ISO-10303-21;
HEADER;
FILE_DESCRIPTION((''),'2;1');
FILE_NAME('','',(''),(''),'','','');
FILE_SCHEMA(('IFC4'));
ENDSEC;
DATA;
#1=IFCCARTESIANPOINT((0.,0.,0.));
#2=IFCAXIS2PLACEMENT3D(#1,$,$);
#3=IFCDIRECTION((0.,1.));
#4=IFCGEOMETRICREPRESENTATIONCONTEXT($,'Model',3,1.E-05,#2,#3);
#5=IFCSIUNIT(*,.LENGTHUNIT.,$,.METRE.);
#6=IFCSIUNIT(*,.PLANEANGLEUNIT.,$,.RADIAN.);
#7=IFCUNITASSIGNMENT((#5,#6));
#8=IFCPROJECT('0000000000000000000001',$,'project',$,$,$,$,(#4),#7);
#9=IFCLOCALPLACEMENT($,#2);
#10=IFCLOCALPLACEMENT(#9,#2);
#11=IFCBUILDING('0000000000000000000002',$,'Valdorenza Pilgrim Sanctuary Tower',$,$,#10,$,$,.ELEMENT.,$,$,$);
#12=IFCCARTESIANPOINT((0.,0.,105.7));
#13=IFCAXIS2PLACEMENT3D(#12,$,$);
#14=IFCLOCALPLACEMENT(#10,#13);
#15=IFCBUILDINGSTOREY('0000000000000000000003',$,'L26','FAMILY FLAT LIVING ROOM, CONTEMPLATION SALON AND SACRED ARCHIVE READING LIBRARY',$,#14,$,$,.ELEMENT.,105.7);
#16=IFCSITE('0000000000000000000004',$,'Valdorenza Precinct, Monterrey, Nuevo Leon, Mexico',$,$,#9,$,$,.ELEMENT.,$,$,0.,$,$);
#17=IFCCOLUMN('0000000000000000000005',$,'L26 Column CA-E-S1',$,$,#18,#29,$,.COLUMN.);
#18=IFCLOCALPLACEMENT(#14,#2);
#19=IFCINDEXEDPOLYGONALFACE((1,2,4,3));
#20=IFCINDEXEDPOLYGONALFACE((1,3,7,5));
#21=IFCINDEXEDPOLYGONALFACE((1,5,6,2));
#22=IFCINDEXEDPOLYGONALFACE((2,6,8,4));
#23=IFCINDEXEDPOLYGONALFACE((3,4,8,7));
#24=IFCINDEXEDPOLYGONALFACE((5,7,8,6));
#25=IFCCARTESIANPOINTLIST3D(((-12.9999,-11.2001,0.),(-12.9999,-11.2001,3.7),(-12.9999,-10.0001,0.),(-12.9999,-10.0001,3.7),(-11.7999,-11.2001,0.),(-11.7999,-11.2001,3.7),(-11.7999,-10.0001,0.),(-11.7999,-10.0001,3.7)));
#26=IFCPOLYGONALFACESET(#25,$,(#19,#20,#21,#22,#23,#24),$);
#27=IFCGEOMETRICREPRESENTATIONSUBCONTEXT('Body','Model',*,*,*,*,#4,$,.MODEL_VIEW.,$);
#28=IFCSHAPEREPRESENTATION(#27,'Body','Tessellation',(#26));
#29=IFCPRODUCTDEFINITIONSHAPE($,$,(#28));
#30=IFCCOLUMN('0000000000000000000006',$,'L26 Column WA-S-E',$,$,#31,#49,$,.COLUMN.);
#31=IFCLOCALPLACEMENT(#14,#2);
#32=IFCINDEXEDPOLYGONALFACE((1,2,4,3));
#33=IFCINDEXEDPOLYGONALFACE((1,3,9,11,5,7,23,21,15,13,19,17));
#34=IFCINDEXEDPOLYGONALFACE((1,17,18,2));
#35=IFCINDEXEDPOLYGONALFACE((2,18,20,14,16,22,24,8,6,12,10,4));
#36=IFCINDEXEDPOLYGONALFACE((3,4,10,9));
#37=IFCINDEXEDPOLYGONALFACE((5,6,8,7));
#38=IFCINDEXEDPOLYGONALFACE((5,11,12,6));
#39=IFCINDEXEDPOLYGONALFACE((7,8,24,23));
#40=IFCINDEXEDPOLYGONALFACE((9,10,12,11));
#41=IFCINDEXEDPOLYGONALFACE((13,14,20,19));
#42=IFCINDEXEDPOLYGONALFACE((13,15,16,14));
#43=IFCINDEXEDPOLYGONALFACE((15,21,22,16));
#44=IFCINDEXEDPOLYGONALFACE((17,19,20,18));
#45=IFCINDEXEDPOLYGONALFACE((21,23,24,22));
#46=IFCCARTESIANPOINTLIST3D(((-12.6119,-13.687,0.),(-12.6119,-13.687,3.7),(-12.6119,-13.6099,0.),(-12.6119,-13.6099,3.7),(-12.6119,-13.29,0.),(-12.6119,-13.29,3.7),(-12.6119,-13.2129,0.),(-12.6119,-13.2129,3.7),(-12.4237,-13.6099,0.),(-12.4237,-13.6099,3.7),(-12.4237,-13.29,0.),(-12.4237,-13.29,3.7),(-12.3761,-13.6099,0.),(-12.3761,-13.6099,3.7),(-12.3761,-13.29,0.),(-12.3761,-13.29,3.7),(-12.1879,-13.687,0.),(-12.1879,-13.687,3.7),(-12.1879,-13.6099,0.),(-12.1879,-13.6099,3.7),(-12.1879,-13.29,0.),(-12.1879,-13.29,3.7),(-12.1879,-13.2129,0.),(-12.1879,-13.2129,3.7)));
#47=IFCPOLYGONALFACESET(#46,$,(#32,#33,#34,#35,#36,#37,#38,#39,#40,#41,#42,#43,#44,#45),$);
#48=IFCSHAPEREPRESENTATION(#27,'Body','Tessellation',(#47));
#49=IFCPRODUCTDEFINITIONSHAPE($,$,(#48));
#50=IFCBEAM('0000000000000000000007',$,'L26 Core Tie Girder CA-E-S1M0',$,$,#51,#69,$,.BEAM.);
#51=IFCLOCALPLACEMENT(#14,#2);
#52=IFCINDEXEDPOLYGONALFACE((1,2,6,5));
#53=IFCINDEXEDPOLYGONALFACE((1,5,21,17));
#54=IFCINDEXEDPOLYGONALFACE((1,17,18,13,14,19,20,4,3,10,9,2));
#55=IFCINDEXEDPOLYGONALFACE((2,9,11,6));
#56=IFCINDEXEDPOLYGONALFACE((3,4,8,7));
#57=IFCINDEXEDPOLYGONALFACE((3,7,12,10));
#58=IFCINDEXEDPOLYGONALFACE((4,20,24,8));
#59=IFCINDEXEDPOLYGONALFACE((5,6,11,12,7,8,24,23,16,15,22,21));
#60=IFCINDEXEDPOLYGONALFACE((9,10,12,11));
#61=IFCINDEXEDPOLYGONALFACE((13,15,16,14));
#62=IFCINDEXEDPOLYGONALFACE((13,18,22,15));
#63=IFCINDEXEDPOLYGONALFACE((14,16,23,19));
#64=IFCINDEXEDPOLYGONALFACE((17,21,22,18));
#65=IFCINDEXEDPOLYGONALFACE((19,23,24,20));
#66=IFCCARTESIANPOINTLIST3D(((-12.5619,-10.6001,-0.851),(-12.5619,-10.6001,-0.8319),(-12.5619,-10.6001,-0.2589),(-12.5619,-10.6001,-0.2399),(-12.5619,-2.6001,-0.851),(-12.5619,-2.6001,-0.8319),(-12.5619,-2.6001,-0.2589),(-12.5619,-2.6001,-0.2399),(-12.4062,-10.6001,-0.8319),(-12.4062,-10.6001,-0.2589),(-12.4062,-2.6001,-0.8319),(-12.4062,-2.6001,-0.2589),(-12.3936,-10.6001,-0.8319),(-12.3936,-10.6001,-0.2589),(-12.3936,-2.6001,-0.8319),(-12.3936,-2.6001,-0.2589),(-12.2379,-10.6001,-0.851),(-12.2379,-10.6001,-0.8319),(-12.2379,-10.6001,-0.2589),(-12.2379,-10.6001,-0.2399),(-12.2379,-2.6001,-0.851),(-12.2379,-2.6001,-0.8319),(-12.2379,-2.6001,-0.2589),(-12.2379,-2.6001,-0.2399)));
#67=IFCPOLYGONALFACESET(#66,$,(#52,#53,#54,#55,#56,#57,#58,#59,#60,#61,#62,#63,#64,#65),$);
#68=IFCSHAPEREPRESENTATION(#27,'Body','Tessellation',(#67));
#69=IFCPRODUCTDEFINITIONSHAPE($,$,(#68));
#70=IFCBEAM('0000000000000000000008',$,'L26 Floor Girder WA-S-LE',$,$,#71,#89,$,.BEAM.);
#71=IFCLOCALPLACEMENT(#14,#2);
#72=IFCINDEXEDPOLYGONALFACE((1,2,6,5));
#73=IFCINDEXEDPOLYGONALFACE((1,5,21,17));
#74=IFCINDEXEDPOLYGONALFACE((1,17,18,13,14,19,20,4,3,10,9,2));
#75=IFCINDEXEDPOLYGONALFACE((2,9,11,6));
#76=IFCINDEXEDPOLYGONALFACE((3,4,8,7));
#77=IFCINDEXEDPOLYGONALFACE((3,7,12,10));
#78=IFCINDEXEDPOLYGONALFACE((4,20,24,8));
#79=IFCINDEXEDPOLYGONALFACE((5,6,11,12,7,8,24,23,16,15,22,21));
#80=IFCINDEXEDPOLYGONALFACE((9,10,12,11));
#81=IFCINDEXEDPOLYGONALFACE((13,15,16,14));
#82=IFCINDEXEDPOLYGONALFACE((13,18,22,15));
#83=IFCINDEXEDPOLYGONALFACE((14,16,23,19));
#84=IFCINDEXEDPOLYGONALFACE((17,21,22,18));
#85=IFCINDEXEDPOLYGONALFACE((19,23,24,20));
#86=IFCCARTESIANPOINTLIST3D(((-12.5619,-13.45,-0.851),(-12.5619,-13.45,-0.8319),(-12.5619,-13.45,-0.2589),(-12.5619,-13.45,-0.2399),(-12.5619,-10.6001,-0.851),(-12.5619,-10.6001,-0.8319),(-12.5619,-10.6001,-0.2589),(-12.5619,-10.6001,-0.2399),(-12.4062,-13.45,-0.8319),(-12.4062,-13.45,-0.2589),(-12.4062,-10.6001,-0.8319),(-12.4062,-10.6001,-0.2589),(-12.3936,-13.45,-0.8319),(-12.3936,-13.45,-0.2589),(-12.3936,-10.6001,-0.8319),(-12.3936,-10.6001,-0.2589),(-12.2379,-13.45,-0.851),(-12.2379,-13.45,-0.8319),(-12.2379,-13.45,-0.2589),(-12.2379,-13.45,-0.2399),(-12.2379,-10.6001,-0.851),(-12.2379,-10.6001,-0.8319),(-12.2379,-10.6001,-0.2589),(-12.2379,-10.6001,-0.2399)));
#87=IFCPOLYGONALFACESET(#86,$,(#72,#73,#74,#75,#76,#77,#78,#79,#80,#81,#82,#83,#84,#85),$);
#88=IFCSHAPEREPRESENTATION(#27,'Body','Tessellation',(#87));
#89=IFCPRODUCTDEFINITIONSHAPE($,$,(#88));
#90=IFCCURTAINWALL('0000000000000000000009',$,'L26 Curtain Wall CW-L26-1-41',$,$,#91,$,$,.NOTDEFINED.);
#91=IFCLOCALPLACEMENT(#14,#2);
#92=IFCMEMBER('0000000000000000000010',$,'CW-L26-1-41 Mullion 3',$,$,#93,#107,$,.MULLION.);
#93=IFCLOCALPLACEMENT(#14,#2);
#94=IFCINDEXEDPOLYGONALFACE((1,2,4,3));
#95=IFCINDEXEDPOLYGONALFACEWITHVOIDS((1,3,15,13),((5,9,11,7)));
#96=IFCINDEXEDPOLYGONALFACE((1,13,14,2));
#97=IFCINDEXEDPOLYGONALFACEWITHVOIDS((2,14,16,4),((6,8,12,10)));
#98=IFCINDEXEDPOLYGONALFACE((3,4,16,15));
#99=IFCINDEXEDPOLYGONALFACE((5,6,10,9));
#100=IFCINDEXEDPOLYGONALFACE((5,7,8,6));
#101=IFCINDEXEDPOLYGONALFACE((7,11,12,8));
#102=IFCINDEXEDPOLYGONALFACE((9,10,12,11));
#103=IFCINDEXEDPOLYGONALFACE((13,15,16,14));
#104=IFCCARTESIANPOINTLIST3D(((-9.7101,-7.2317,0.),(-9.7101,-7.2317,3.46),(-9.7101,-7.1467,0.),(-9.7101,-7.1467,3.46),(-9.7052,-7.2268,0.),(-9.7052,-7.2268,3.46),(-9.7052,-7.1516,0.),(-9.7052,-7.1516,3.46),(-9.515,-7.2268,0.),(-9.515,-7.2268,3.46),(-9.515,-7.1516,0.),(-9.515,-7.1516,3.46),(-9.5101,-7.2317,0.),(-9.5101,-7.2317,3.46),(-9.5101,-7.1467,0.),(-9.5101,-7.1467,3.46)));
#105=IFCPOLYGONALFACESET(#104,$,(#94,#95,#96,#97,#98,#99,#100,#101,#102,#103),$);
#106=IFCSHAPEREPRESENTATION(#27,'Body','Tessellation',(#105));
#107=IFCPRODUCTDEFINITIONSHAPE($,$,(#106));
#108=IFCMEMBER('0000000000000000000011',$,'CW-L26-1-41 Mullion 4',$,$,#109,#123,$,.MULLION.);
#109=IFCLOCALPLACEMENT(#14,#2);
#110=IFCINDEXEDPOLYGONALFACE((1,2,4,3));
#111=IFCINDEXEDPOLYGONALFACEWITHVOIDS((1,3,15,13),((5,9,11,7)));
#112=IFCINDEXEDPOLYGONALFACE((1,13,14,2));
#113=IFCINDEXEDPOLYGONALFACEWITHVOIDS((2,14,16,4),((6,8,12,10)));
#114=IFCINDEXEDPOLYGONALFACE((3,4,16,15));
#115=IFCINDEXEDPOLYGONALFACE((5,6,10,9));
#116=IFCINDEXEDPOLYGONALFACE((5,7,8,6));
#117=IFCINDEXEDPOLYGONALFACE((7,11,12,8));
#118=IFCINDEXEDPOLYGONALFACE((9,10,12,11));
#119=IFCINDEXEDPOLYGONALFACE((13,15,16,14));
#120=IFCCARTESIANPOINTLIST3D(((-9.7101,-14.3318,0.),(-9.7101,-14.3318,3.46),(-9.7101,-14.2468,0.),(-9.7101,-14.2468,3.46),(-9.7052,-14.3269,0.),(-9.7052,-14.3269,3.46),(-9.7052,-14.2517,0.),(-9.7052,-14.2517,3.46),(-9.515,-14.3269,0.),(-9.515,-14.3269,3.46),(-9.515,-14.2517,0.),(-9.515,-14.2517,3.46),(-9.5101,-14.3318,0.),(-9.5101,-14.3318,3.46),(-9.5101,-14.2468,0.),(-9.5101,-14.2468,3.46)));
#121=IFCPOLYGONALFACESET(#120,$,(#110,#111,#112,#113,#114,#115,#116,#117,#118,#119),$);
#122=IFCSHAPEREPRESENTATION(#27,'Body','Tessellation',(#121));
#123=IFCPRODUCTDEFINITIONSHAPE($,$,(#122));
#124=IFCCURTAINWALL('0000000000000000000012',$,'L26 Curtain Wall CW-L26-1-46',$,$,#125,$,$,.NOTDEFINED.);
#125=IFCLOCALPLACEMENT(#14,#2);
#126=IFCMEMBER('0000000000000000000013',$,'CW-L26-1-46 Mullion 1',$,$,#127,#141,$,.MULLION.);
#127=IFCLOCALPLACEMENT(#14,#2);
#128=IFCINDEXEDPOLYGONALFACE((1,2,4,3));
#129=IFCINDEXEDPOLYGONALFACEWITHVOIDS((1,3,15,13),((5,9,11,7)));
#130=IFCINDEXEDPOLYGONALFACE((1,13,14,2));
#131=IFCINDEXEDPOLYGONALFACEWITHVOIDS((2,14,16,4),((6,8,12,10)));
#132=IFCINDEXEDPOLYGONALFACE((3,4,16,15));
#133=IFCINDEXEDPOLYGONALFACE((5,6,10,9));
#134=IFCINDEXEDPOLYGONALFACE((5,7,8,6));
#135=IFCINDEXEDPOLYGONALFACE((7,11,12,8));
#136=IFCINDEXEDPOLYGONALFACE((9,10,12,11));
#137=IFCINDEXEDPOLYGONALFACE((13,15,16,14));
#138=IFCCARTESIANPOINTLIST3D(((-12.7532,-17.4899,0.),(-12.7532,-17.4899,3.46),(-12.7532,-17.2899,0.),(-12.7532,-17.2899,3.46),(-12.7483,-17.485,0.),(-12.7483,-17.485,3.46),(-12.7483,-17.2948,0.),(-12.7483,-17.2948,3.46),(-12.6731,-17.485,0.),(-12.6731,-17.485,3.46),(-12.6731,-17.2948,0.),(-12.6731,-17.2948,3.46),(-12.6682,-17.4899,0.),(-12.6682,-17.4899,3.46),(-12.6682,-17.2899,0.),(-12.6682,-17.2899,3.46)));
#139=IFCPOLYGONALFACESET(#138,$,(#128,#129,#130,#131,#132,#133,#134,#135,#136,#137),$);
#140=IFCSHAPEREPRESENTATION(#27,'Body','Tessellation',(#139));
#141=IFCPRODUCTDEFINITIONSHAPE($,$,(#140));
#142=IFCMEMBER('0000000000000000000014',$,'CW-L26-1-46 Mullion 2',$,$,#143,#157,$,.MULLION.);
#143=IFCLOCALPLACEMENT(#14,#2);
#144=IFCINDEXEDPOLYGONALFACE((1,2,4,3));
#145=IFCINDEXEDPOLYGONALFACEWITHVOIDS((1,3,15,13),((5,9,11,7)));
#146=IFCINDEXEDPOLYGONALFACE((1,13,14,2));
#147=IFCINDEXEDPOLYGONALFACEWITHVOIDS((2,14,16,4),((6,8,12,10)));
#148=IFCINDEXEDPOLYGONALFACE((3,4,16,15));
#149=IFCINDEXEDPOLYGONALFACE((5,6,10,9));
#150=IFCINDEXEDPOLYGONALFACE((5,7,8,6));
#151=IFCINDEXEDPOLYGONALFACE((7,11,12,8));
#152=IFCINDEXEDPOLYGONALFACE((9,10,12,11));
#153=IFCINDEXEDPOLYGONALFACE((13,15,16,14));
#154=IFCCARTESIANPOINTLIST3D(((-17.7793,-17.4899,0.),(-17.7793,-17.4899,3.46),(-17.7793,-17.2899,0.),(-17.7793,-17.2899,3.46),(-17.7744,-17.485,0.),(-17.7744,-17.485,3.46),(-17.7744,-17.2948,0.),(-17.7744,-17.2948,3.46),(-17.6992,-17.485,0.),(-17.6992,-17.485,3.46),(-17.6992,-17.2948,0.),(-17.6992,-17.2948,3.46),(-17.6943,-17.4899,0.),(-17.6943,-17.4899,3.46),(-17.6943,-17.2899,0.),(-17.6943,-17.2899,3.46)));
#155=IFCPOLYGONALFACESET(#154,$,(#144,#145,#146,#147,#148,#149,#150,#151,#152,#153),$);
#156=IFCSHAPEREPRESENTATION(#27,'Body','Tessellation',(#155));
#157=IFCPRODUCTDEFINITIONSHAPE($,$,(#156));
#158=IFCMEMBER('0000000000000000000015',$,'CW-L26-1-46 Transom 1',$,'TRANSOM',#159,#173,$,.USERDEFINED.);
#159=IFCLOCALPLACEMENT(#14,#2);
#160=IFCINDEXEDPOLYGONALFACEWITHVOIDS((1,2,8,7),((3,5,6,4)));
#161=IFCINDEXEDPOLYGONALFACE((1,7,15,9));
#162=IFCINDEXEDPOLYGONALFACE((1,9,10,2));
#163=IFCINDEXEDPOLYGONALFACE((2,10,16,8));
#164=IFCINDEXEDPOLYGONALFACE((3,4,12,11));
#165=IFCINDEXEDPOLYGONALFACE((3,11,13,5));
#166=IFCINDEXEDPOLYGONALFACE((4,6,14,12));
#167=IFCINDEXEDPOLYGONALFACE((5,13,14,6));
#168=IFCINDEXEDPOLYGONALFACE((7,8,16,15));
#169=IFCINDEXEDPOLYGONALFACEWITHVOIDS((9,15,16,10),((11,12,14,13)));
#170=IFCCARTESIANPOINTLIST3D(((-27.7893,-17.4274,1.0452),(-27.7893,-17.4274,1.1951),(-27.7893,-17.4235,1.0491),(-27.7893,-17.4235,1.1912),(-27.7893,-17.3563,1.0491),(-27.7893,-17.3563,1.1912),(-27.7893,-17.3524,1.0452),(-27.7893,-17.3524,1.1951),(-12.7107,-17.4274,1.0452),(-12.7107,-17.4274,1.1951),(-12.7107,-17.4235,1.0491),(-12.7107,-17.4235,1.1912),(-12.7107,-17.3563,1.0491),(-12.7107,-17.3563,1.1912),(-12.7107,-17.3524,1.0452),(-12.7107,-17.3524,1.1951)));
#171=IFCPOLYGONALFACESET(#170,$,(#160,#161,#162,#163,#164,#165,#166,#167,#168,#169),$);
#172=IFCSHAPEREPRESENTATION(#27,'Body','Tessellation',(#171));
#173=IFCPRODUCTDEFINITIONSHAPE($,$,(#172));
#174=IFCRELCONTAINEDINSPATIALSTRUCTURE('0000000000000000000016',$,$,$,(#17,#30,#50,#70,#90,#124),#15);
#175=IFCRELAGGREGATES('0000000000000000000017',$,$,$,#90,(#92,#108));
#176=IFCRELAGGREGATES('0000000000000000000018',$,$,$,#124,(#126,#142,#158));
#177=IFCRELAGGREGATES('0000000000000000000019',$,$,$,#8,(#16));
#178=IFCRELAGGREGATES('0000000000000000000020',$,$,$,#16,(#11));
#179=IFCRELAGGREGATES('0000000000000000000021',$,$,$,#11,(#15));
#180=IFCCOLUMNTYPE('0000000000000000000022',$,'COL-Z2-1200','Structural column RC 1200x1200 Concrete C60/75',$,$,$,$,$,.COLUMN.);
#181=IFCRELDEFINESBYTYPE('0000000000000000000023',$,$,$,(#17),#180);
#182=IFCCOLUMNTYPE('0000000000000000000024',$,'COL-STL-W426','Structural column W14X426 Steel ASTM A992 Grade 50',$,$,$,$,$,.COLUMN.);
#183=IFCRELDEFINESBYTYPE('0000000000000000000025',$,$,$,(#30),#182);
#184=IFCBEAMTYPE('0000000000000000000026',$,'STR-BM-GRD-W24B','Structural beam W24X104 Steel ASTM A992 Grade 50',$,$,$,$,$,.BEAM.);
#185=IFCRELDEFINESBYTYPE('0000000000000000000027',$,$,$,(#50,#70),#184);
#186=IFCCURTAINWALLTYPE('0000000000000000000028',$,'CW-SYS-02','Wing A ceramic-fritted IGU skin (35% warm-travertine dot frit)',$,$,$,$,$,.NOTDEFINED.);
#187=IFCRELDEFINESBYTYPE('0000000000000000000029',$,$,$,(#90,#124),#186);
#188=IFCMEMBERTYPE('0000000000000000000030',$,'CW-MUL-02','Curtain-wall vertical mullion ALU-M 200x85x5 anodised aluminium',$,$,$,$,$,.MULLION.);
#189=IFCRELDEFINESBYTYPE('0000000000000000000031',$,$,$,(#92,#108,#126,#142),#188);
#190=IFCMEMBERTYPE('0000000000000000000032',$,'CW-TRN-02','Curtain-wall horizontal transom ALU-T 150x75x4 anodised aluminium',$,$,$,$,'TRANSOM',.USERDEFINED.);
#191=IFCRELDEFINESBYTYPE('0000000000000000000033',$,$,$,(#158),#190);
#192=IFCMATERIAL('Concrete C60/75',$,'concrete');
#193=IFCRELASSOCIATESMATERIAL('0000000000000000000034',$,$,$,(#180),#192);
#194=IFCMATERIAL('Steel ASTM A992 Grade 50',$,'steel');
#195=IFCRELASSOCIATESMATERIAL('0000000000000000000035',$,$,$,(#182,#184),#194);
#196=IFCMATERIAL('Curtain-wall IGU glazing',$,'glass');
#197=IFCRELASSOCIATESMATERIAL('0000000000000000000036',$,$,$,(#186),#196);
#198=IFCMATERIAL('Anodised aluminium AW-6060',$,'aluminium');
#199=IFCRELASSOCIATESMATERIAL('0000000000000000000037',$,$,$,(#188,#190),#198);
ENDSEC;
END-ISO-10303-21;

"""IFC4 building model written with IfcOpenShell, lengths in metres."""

from ifc_helpers import new_model, si_unit, direction, frame, origin, origin_2d, place, context, subcontext, project, spatial, rectangle, hollow_rectangle, i_section, extrude, source, transform, mapped, material, material_profile, profile_set, type_object, element, aggregate, save


model = new_model("IFC4")

# Units and contexts
model_context = context("Model", 3, precision=1e-05, world=origin(), true_north=direction((0.0, 1.0)))
body_context = subcontext(model_context, "Body", "Model", "MODEL_VIEW")
ifc_project = project(units=[si_unit("LENGTHUNIT", "METRE"), si_unit("PLANEANGLEUNIT", "RADIAN")], contexts=[model_context])

# Site, building, storey
site_placement = place(None, origin())
site = spatial("IfcSite", under=ifc_project, at=site_placement, Name="Valdorenza Precinct, Monterrey, Nuevo Leon, Mexico", CompositionType="ELEMENT", RefElevation=0.0)
building_placement = place(site_placement, origin())
building = spatial("IfcBuilding", under=site, at=building_placement, Name="Valdorenza Pilgrim Sanctuary Tower", CompositionType="ELEMENT")
storey_placement = place(building_placement, frame((0.0, 0.0, 105.7)))
storey = spatial("IfcBuildingStorey", under=building, at=storey_placement, Name="L26", Description="FAMILY FLAT LIVING ROOM, CONTEMPLATION SALON AND SACRED ARCHIVE READING LIBRARY", CompositionType="ELEMENT", Elevation=105.7)

# Columns
ifc_material_1 = material(Name="Concrete C60/75", Category="concrete")
ifc_material_profile_1 = material_profile(ifc_material_1, rectangle(XDim=1.2, YDim=1.2, at=origin_2d()), Name="RC 1200x1200")
ifc_profile_set_1 = profile_set([ifc_material_profile_1], Name="Concrete C60/75")
column_type_1 = type_object("IfcColumnType", Name="COL-Z2-1200", Description="Structural column RC 1200x1200 Concrete C60/75", PredefinedType="COLUMN", material=ifc_profile_set_1)
shared_shape_1 = source(origin(), body_context, "Body", "SweptSolid", [
    extrude(rectangle(XDim=1.2, YDim=1.2, at=origin_2d()), origin(), (0.0, 0.0, 1.0), 3.7),
])
column_1_placement = place(storey_placement, frame((-12.3999, -10.6001, 0.0), z_axis=(0.0, 0.0, 1.0), x_axis=(1.0, 0.0, 0.0)))
element("IfcColumn", 1, at=column_1_placement, inside=storey, type_object=column_type_1, Name="L26 Column CA-E-S1", PredefinedType="COLUMN", context=body_context, shape_type="MappedRepresentation", body=[
    mapped(shared_shape_1, transform((0.0, 0.0, 0.0), x_axis=(1.0, 0.0, 0.0), y_axis=(0.0, 1.0, 0.0), z_axis=(0.0, 0.0, 1.0), scale=1.0)),
])
ifc_material_2 = material(Name="Steel ASTM A992 Grade 50", Category="steel")
ifc_material_profile_2 = material_profile(ifc_material_2, i_section(OverallWidth=0.4241, OverallDepth=0.4741, WebThickness=0.0476, FlangeThickness=0.0771, at=origin_2d()), Name="W14X426")
ifc_profile_set_2 = profile_set([ifc_material_profile_2], Name="Steel ASTM A992 Grade 50")
column_type_2 = type_object("IfcColumnType", Name="COL-STL-W426", Description="Structural column W14X426 Steel ASTM A992 Grade 50", PredefinedType="COLUMN", material=ifc_profile_set_2)
shared_shape_2 = source(origin(), body_context, "Body", "SweptSolid", [
    extrude(i_section(OverallWidth=0.4241, OverallDepth=0.4741, WebThickness=0.0476, FlangeThickness=0.0771, at=origin_2d()), origin(), (0.0, 0.0, 1.0), 3.7),
])
column_2_placement = place(storey_placement, frame((-12.3999, -13.45, 0.0), z_axis=(0.0, 0.0, 1.0), x_axis=(1.0, 0.0, 0.0)))
element("IfcColumn", 2, at=column_2_placement, inside=storey, type_object=column_type_2, Name="L26 Column WA-S-E", PredefinedType="COLUMN", context=body_context, shape_type="MappedRepresentation", body=[
    mapped(shared_shape_2, transform((0.0, 0.0, 0.0), x_axis=(1.0, 0.0, 0.0), y_axis=(0.0, 1.0, 0.0), z_axis=(0.0, 0.0, 1.0), scale=1.0)),
])

# Beams
ifc_material_profile_3 = material_profile(ifc_material_2, i_section(OverallWidth=0.324, OverallDepth=0.6111, WebThickness=0.0127, FlangeThickness=0.019, at=origin_2d()), Name="W24X104")
ifc_profile_set_3 = profile_set([ifc_material_profile_3], Name="Steel ASTM A992 Grade 50")
beam_type = type_object("IfcBeamType", Name="STR-BM-GRD-W24B", Description="Structural beam W24X104 Steel ASTM A992 Grade 50", PredefinedType="BEAM", material=ifc_profile_set_3)
shared_shape_3 = source(origin(), body_context, "Body", "SweptSolid", [
    extrude(i_section(OverallWidth=0.324, OverallDepth=0.6111, WebThickness=0.0127, FlangeThickness=0.019, at=origin_2d()), origin(), (0.0, 0.0, 1.0), 8.0),
])
beam_1_placement = place(storey_placement, frame((-12.3999, -10.6001, -0.5454), z_axis=(0.0, 1.0, 0.0), x_axis=(-1.0, 0.0, 0.0)))
element("IfcBeam", 3, at=beam_1_placement, inside=storey, type_object=beam_type, Name="L26 Core Tie Girder CA-E-S1M0", PredefinedType="BEAM", context=body_context, shape_type="MappedRepresentation", body=[
    mapped(shared_shape_3, transform((0.0, 0.0, 0.0), x_axis=(1.0, 0.0, 0.0), y_axis=(0.0, 1.0, 0.0), z_axis=(0.0, 0.0, 1.0), scale=1.0)),
])
shared_shape_4 = source(origin(), body_context, "Body", "SweptSolid", [
    extrude(i_section(OverallWidth=0.324, OverallDepth=0.6111, WebThickness=0.0127, FlangeThickness=0.019, at=origin_2d()), origin(), (0.0, 0.0, 1.0), 2.8499),
])
beam_2_placement = place(storey_placement, frame((-12.3999, -13.45, -0.5454), z_axis=(0.0, 1.0, 0.0), x_axis=(-1.0, 0.0, 0.0)))
element("IfcBeam", 4, at=beam_2_placement, inside=storey, type_object=beam_type, Name="L26 Floor Girder WA-S-LE", PredefinedType="BEAM", context=body_context, shape_type="MappedRepresentation", body=[
    mapped(shared_shape_4, transform((0.0, 0.0, 0.0), x_axis=(1.0, 0.0, 0.0), y_axis=(0.0, 1.0, 0.0), z_axis=(0.0, 0.0, 1.0), scale=1.0)),
])

# Curtain walls, members
ifc_material_3 = material(Name="Curtain-wall IGU glazing", Category="glass")
curtain_wall_type = type_object("IfcCurtainWallType", Name="CW-SYS-02", Description="Wing A ceramic-fritted IGU skin (35% warm-travertine dot frit)", PredefinedType="NOTDEFINED", material=ifc_material_3)
curtain_wall_1_placement = place(storey_placement, origin())
curtain_wall_1 = element("IfcCurtainWall", 5, at=curtain_wall_1_placement, inside=storey, type_object=curtain_wall_type, Name="L26 Curtain Wall CW-L26-1-41", PredefinedType="NOTDEFINED")
ifc_material_4 = material(Name="Anodised aluminium AW-6060", Category="aluminium")
ifc_material_profile_4 = material_profile(ifc_material_4, hollow_rectangle(XDim=0.085, YDim=0.2, WallThickness=0.0049, at=origin_2d()), Name="ALU-M 200x85x5")
ifc_profile_set_4 = profile_set([ifc_material_profile_4], Name="Anodised aluminium AW-6060")
member_type_1 = type_object("IfcMemberType", Name="CW-MUL-02", Description="Curtain-wall vertical mullion ALU-M 200x85x5 anodised aluminium", PredefinedType="MULLION", material=ifc_profile_set_4)
shared_shape_5 = source(origin(), body_context, "Body", "SweptSolid", [
    extrude(hollow_rectangle(XDim=0.085, YDim=0.2, WallThickness=0.0049, at=origin_2d()), origin(), (0.0, 0.0, 1.0), 3.46),
])
member_1_placement = place(storey_placement, frame((-9.6101, -7.1892, 0.0), z_axis=(0.0, 0.0, 1.0), x_axis=(0.0, -1.0, 0.0)))
member_1 = element("IfcMember", 6, at=member_1_placement, type_object=member_type_1, Name="CW-L26-1-41 Mullion 3", PredefinedType="MULLION", context=body_context, shape_type="MappedRepresentation", body=[
    mapped(shared_shape_5, transform((0.0, 0.0, 0.0), x_axis=(1.0, 0.0, 0.0), y_axis=(0.0, 1.0, 0.0), z_axis=(0.0, 0.0, 1.0), scale=1.0)),
])
member_2_placement = place(storey_placement, frame((-9.6101, -14.2893, 0.0), z_axis=(0.0, 0.0, 1.0), x_axis=(0.0, -1.0, 0.0)))
member_2 = element("IfcMember", 7, at=member_2_placement, type_object=member_type_1, Name="CW-L26-1-41 Mullion 4", PredefinedType="MULLION", context=body_context, shape_type="MappedRepresentation", body=[
    mapped(shared_shape_5, transform((0.0, 0.0, 0.0), x_axis=(1.0, 0.0, 0.0), y_axis=(0.0, 1.0, 0.0), z_axis=(0.0, 0.0, 1.0), scale=1.0)),
])
curtain_wall_2_placement = place(storey_placement, origin())
curtain_wall_2 = element("IfcCurtainWall", 8, at=curtain_wall_2_placement, inside=storey, type_object=curtain_wall_type, Name="L26 Curtain Wall CW-L26-1-46", PredefinedType="NOTDEFINED")
member_3_placement = place(storey_placement, frame((-12.7107, -17.3899, 0.0), z_axis=(0.0, 0.0, 1.0), x_axis=(-1.0, 0.0, 0.0)))
member_3 = element("IfcMember", 9, at=member_3_placement, type_object=member_type_1, Name="CW-L26-1-46 Mullion 1", PredefinedType="MULLION", context=body_context, shape_type="MappedRepresentation", body=[
    mapped(shared_shape_5, transform((0.0, 0.0, 0.0), x_axis=(1.0, 0.0, 0.0), y_axis=(0.0, 1.0, 0.0), z_axis=(0.0, 0.0, 1.0), scale=1.0)),
])
member_4_placement = place(storey_placement, frame((-17.7368, -17.3899, 0.0), z_axis=(0.0, 0.0, 1.0), x_axis=(-1.0, 0.0, 0.0)))
member_4 = element("IfcMember", 10, at=member_4_placement, type_object=member_type_1, Name="CW-L26-1-46 Mullion 2", PredefinedType="MULLION", context=body_context, shape_type="MappedRepresentation", body=[
    mapped(shared_shape_5, transform((0.0, 0.0, 0.0), x_axis=(1.0, 0.0, 0.0), y_axis=(0.0, 1.0, 0.0), z_axis=(0.0, 0.0, 1.0), scale=1.0)),
])
ifc_material_profile_5 = material_profile(ifc_material_4, hollow_rectangle(XDim=0.075, YDim=0.1499, WallThickness=0.0039, at=origin_2d()), Name="ALU-T 150x75x4")
ifc_profile_set_5 = profile_set([ifc_material_profile_5], Name="Anodised aluminium AW-6060")
member_type_2 = type_object("IfcMemberType", Name="CW-TRN-02", Description="Curtain-wall horizontal transom ALU-T 150x75x4 anodised aluminium", ElementType="TRANSOM", PredefinedType="USERDEFINED", material=ifc_profile_set_5)
shared_shape_6 = source(origin(), body_context, "Body", "SweptSolid", [
    extrude(hollow_rectangle(XDim=0.075, YDim=0.1499, WallThickness=0.0039, at=origin_2d()), origin(), (0.0, 0.0, 1.0), 15.0786),
])
member_5_placement = place(storey_placement, frame((-12.7107, -17.3899, 1.1201), z_axis=(-1.0, 0.0, 0.0), x_axis=(0.0, -1.0, 0.0)))
member_5 = element("IfcMember", 11, at=member_5_placement, type_object=member_type_2, Name="CW-L26-1-46 Transom 1", ObjectType="TRANSOM", PredefinedType="USERDEFINED", context=body_context, shape_type="MappedRepresentation", body=[
    mapped(shared_shape_6, transform((0.0, 0.0, 0.0), x_axis=(1.0, 0.0, 0.0), y_axis=(0.0, 1.0, 0.0), z_axis=(0.0, 0.0, 1.0), scale=1.0)),
])

aggregate(curtain_wall_1, [member_1, member_2])
aggregate(curtain_wall_2, [member_3, member_4, member_5])

save(model, "model.ifc")
